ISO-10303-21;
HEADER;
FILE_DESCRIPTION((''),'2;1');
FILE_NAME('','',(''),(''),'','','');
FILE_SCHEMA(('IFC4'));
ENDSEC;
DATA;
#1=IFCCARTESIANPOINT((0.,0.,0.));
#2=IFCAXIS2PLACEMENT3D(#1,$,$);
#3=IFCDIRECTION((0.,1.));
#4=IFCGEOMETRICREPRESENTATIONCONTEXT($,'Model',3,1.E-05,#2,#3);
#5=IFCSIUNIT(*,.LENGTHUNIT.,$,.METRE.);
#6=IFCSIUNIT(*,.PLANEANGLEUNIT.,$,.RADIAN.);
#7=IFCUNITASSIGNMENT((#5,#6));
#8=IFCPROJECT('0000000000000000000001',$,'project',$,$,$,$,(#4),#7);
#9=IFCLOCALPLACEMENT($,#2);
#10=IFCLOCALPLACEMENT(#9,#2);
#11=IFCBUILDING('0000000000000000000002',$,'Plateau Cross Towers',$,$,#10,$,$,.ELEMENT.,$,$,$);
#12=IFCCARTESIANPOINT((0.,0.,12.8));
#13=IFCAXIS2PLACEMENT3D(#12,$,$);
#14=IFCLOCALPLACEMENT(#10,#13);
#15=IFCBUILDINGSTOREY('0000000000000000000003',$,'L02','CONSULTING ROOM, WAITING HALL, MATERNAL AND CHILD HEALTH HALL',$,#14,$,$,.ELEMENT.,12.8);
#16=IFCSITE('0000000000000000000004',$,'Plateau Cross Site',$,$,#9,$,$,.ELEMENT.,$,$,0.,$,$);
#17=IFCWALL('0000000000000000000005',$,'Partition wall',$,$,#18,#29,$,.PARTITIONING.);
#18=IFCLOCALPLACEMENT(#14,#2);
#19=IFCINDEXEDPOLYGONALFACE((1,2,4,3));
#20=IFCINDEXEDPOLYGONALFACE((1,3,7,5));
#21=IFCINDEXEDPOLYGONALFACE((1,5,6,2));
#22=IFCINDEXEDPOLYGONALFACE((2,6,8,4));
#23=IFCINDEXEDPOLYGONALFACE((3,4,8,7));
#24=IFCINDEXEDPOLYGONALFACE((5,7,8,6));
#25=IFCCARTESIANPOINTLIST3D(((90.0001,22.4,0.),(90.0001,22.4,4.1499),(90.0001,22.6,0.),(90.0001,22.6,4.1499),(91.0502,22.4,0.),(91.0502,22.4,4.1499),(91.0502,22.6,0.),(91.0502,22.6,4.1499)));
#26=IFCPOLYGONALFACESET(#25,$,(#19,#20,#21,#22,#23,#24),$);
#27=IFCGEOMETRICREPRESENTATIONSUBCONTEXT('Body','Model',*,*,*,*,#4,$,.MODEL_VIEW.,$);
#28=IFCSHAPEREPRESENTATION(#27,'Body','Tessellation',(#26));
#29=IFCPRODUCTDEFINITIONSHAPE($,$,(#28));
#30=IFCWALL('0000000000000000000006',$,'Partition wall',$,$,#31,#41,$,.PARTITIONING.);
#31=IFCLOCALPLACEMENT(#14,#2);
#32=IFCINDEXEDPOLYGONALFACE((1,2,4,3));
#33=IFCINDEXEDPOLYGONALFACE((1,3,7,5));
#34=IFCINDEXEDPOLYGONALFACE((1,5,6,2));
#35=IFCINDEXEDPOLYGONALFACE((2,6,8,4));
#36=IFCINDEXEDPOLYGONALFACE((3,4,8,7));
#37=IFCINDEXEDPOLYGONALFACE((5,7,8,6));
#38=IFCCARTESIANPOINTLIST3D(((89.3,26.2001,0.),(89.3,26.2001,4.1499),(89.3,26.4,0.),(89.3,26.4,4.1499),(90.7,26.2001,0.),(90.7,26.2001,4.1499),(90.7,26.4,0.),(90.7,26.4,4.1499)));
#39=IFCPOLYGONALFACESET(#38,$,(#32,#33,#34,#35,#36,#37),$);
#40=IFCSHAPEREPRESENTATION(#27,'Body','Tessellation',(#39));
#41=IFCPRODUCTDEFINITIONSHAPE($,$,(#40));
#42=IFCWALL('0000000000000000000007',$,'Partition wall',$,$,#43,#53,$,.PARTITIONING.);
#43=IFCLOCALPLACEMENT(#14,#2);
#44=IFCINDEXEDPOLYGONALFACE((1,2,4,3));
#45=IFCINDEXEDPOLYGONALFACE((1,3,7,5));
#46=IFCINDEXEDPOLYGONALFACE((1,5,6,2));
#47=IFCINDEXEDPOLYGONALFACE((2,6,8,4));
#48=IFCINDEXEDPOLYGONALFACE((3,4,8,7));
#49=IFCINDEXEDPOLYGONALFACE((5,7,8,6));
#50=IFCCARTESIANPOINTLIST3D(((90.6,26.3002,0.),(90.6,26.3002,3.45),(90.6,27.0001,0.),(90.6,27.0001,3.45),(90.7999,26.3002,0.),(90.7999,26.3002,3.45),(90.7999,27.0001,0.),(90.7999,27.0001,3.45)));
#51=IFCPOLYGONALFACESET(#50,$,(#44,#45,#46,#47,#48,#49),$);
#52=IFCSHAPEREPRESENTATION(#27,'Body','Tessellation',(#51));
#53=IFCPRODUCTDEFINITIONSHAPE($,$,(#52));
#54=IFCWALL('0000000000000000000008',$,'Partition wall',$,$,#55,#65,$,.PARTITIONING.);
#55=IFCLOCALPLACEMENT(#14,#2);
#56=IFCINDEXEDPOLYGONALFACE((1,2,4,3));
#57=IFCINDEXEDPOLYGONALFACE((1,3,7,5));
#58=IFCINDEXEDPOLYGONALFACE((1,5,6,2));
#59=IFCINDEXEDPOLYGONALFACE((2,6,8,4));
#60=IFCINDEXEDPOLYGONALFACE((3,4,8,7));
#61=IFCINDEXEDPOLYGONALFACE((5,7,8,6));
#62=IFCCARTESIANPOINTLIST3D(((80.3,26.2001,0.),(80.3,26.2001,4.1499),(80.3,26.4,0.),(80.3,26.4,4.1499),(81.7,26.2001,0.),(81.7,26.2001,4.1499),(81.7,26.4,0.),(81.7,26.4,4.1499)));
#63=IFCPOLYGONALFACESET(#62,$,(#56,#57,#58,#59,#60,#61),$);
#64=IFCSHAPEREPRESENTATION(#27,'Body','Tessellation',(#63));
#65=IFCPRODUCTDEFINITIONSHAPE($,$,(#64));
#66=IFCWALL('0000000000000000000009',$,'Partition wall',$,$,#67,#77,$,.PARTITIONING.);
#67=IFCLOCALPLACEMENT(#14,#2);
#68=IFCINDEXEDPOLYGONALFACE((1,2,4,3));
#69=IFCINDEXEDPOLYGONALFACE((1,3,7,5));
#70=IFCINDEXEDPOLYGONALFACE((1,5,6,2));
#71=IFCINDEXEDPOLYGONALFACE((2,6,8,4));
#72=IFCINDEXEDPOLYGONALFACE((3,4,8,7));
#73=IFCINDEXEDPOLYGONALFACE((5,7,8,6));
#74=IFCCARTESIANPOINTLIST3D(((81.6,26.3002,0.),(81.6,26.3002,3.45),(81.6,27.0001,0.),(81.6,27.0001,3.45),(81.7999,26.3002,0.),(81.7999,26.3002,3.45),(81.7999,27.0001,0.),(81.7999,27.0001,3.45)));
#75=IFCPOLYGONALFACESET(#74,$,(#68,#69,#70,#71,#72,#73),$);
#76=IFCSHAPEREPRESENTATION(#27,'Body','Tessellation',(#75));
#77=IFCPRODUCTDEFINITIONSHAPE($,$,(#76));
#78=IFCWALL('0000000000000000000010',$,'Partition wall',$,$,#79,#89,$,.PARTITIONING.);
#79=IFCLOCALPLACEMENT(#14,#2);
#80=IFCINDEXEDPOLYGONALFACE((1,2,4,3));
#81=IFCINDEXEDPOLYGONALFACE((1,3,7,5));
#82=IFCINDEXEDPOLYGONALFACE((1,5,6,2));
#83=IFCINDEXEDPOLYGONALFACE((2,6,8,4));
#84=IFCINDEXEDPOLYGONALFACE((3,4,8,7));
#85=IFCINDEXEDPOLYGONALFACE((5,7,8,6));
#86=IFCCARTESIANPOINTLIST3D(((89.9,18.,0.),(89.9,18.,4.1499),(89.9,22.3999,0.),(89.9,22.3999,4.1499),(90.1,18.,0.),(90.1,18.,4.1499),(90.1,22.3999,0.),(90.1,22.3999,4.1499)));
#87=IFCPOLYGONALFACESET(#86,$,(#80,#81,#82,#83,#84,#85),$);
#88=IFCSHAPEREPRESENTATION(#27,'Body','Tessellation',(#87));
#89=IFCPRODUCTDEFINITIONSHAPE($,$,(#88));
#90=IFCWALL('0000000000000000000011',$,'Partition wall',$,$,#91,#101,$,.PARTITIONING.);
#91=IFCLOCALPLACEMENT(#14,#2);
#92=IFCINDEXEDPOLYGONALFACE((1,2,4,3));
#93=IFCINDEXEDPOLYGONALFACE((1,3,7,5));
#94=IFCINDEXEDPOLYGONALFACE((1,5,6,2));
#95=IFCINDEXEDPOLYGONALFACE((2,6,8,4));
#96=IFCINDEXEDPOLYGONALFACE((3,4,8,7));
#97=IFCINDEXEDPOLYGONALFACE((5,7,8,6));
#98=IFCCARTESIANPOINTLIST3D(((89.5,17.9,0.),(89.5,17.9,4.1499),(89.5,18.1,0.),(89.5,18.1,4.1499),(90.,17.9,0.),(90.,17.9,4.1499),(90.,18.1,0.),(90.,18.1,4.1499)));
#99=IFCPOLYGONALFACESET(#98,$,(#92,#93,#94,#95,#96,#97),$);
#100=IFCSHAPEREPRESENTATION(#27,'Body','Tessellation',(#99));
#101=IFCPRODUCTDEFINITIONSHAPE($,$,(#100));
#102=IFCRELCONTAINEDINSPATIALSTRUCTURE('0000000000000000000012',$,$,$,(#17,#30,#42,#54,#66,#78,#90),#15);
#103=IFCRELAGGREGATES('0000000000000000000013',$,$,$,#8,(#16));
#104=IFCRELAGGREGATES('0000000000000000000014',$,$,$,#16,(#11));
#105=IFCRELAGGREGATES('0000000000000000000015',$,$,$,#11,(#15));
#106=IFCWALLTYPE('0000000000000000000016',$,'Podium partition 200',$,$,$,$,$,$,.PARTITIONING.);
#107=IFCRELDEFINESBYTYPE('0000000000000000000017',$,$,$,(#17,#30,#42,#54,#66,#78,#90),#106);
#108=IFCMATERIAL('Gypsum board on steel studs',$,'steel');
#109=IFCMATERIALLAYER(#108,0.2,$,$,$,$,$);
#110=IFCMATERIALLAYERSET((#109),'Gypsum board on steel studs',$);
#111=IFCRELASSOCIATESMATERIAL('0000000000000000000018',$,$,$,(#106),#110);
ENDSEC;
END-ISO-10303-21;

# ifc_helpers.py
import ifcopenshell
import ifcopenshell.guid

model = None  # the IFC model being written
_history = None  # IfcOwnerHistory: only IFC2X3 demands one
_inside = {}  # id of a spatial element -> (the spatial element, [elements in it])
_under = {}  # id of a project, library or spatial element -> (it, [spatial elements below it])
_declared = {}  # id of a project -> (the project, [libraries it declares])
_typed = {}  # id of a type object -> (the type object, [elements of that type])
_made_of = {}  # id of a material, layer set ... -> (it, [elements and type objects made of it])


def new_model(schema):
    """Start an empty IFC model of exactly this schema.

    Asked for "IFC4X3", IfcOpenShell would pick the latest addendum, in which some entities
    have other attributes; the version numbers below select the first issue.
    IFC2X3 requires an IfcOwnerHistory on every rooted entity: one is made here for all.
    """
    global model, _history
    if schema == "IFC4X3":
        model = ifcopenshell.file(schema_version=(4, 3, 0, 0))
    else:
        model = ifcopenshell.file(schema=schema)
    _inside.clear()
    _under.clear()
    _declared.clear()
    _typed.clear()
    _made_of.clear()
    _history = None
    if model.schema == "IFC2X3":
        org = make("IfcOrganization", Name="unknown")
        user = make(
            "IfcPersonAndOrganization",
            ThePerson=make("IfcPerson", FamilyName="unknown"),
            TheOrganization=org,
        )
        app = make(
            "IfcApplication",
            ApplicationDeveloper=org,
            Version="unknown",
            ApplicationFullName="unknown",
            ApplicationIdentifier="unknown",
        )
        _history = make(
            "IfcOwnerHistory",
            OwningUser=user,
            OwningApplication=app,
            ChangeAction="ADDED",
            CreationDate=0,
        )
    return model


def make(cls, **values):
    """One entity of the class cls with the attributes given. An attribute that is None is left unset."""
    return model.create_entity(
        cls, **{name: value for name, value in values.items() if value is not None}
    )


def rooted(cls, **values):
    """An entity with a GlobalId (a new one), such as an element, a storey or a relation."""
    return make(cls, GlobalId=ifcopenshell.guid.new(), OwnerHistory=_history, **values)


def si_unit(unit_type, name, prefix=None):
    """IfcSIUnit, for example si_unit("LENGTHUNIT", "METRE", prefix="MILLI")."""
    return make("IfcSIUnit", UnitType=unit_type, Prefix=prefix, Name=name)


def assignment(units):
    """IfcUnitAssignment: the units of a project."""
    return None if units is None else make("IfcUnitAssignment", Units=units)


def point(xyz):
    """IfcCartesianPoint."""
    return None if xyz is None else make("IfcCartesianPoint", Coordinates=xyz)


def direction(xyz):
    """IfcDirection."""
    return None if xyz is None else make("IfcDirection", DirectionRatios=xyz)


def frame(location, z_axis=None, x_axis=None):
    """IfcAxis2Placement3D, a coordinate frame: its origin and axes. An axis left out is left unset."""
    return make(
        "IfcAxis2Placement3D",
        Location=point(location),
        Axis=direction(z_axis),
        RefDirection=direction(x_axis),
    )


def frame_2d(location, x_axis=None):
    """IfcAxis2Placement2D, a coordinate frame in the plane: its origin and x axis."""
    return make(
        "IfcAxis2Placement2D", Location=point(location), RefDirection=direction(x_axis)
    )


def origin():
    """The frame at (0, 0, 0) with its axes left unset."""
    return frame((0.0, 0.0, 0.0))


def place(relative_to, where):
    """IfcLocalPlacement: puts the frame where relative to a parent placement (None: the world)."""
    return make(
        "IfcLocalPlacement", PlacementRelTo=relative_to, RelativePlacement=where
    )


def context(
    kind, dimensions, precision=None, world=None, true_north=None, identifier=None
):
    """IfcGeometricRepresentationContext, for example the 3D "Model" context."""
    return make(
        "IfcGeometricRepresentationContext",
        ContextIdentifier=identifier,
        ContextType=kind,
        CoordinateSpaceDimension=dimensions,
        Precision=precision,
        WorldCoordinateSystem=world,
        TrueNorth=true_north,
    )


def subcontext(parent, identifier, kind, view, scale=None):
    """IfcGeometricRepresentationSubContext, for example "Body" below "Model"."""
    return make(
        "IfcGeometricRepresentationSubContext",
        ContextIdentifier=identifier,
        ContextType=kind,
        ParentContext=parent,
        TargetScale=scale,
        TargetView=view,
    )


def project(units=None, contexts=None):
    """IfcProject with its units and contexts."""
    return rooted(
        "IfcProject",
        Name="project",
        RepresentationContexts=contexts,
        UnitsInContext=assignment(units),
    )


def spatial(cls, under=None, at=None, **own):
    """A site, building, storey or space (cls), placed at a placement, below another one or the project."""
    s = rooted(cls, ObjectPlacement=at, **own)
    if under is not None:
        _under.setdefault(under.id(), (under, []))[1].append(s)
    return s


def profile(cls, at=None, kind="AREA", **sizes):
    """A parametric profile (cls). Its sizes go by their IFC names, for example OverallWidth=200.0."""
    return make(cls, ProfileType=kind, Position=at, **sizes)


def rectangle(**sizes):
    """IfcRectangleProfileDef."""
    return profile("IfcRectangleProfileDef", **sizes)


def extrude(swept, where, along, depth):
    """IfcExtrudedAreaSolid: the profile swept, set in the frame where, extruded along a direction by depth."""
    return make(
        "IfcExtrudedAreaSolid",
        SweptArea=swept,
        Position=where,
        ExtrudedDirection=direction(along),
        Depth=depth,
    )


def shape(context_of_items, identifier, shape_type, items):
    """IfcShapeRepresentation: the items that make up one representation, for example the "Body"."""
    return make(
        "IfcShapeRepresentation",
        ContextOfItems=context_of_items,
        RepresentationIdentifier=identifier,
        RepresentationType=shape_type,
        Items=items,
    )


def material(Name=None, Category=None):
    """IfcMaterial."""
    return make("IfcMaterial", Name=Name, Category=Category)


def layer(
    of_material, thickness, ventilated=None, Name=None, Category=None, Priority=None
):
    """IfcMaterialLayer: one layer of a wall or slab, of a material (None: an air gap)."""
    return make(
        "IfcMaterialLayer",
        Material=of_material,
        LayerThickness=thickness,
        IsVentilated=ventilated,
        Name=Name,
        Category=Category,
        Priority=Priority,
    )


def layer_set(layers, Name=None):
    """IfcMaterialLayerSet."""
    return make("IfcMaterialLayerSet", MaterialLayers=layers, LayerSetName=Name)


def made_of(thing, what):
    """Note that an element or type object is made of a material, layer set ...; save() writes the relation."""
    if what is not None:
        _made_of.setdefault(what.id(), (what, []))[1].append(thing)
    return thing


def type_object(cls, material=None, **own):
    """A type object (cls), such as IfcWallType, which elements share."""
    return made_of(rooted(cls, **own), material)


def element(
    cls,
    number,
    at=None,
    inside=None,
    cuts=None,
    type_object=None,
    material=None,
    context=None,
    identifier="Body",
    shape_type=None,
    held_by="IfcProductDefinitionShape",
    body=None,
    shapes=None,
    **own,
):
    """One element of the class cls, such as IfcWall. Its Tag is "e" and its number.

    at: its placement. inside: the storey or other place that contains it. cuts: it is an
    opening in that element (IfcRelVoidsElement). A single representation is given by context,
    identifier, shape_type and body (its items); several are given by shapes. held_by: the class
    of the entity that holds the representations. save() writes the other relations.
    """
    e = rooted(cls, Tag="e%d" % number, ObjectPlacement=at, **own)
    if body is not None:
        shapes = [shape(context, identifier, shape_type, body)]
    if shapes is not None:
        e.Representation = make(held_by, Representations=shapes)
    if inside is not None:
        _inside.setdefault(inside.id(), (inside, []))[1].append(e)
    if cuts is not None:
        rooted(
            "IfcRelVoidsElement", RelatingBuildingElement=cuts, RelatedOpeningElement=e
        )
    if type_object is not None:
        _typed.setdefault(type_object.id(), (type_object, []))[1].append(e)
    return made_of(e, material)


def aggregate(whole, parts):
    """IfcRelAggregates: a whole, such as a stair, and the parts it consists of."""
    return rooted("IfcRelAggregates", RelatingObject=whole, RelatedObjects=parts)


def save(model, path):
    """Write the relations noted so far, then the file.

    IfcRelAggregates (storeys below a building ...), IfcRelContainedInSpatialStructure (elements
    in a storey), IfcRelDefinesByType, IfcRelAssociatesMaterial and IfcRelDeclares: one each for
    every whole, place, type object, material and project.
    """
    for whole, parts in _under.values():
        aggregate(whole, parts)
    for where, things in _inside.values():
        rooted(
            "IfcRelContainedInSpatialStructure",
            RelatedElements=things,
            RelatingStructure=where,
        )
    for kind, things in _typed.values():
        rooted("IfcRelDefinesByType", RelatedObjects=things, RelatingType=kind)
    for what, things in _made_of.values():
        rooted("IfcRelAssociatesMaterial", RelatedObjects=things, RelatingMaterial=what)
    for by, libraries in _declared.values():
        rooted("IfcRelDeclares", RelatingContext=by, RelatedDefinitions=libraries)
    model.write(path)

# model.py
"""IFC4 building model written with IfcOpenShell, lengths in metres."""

from ifc_helpers import new_model, si_unit, direction, frame, frame_2d, origin, place, context, subcontext, project, spatial, rectangle, extrude, material, layer, layer_set, type_object, element, save


model = new_model("IFC4")

# Units and contexts
model_context = context("Model", 3, precision=1e-05, world=origin(), true_north=direction((0.0, 1.0)))
body_context = subcontext(model_context, "Body", "Model", "MODEL_VIEW")
ifc_project = project(units=[si_unit("LENGTHUNIT", "METRE"), si_unit("PLANEANGLEUNIT", "RADIAN")], contexts=[model_context])

# Site, building, storey
site_placement = place(None, origin())
site = spatial("IfcSite", under=ifc_project, at=site_placement, Name="Plateau Cross Site", CompositionType="ELEMENT", RefElevation=0.0)
building_placement = place(site_placement, origin())
building = spatial("IfcBuilding", under=site, at=building_placement, Name="Plateau Cross Towers", CompositionType="ELEMENT")
storey_placement = place(building_placement, frame((0.0, 0.0, 12.8)))
storey = spatial("IfcBuildingStorey", under=building, at=storey_placement, Name="L02", Description="CONSULTING ROOM, WAITING HALL, MATERNAL AND CHILD HEALTH HALL", CompositionType="ELEMENT", Elevation=12.8)

# Shared definitions
ifc_material_1 = material(Name="Gypsum board on steel studs", Category="steel")
ifc_layer_1 = layer(ifc_material_1, 0.2)
ifc_layer_set_1 = layer_set([ifc_layer_1], Name="Gypsum board on steel studs")
wall_type_1 = type_object("IfcWallType", Name="Podium partition 200", PredefinedType="PARTITIONING", material=ifc_layer_set_1)

# Walls
wall_1_placement = place(storey_placement, frame((91.05, 22.5, 0.0), z_axis=(0.0, 0.0, 1.0), x_axis=(-1.0, 0.0, 0.0)))
element("IfcWall", 1, at=wall_1_placement, inside=storey, type_object=wall_type_1, Name="Partition wall", PredefinedType="PARTITIONING", context=body_context, shape_type="SweptSolid", body=[
    extrude(rectangle(XDim=1.05, YDim=0.2, at=frame_2d((0.5249, 0.0))), origin(), (0.0, 0.0, 1.0), 4.1499),
])
wall_2_placement = place(storey_placement, frame((89.3, 26.3, 0.0), z_axis=(0.0, 0.0, 1.0), x_axis=(1.0, 0.0, 0.0)))
element("IfcWall", 2, at=wall_2_placement, inside=storey, type_object=wall_type_1, Name="Partition wall", PredefinedType="PARTITIONING", context=body_context, shape_type="SweptSolid", body=[
    extrude(rectangle(XDim=1.3999, YDim=0.2, at=frame_2d((0.7, 0.0))), origin(), (0.0, 0.0, 1.0), 4.1499),
])
wall_3_placement = place(storey_placement, frame((90.7, 26.3, 0.0), z_axis=(0.0, 0.0, 1.0), x_axis=(0.0, 1.0, 0.0)))
element("IfcWall", 3, at=wall_3_placement, inside=storey, type_object=wall_type_1, Name="Partition wall", PredefinedType="PARTITIONING", context=body_context, shape_type="SweptSolid", body=[
    extrude(rectangle(XDim=0.7, YDim=0.2, at=frame_2d((0.3501, 0.0))), origin(), (0.0, 0.0, 1.0), 3.45),
])
wall_4_placement = place(storey_placement, frame((80.3, 26.3, 0.0), z_axis=(0.0, 0.0, 1.0), x_axis=(1.0, 0.0, 0.0)))
element("IfcWall", 4, at=wall_4_placement, inside=storey, type_object=wall_type_1, Name="Partition wall", PredefinedType="PARTITIONING", context=body_context, shape_type="SweptSolid", body=[
    extrude(rectangle(XDim=1.3999, YDim=0.2, at=frame_2d((0.7, 0.0))), origin(), (0.0, 0.0, 1.0), 4.1499),
])
wall_5_placement = place(storey_placement, frame((81.7, 26.3, 0.0), z_axis=(0.0, 0.0, 1.0), x_axis=(0.0, 1.0, 0.0)))
element("IfcWall", 5, at=wall_5_placement, inside=storey, type_object=wall_type_1, Name="Partition wall", PredefinedType="PARTITIONING", context=body_context, shape_type="SweptSolid", body=[
    extrude(rectangle(XDim=0.7, YDim=0.2, at=frame_2d((0.3501, 0.0))), origin(), (0.0, 0.0, 1.0), 3.45),
])
wall_6_placement = place(storey_placement, frame((90.0, 22.3999, 0.0), z_axis=(0.0, 0.0, 1.0), x_axis=(0.0, -1.0, 0.0)))
element("IfcWall", 6, at=wall_6_placement, inside=storey, type_object=wall_type_1, Name="Partition wall", PredefinedType="PARTITIONING", context=body_context, shape_type="SweptSolid", body=[
    extrude(rectangle(XDim=4.3999, YDim=0.2, at=frame_2d((2.2, 0.0))), origin(), (0.0, 0.0, 1.0), 4.1499),
])
wall_7_placement = place(storey_placement, frame((90.0, 18.0, 0.0), z_axis=(0.0, 0.0, 1.0), x_axis=(-1.0, 0.0, 0.0)))
element("IfcWall", 7, at=wall_7_placement, inside=storey, type_object=wall_type_1, Name="Partition wall", PredefinedType="PARTITIONING", context=body_context, shape_type="SweptSolid", body=[
    extrude(rectangle(XDim=0.5, YDim=0.2, at=frame_2d((0.25, 0.0))), origin(), (0.0, 0.0, 1.0), 4.1499),
])

save(model, "model.ifc")
